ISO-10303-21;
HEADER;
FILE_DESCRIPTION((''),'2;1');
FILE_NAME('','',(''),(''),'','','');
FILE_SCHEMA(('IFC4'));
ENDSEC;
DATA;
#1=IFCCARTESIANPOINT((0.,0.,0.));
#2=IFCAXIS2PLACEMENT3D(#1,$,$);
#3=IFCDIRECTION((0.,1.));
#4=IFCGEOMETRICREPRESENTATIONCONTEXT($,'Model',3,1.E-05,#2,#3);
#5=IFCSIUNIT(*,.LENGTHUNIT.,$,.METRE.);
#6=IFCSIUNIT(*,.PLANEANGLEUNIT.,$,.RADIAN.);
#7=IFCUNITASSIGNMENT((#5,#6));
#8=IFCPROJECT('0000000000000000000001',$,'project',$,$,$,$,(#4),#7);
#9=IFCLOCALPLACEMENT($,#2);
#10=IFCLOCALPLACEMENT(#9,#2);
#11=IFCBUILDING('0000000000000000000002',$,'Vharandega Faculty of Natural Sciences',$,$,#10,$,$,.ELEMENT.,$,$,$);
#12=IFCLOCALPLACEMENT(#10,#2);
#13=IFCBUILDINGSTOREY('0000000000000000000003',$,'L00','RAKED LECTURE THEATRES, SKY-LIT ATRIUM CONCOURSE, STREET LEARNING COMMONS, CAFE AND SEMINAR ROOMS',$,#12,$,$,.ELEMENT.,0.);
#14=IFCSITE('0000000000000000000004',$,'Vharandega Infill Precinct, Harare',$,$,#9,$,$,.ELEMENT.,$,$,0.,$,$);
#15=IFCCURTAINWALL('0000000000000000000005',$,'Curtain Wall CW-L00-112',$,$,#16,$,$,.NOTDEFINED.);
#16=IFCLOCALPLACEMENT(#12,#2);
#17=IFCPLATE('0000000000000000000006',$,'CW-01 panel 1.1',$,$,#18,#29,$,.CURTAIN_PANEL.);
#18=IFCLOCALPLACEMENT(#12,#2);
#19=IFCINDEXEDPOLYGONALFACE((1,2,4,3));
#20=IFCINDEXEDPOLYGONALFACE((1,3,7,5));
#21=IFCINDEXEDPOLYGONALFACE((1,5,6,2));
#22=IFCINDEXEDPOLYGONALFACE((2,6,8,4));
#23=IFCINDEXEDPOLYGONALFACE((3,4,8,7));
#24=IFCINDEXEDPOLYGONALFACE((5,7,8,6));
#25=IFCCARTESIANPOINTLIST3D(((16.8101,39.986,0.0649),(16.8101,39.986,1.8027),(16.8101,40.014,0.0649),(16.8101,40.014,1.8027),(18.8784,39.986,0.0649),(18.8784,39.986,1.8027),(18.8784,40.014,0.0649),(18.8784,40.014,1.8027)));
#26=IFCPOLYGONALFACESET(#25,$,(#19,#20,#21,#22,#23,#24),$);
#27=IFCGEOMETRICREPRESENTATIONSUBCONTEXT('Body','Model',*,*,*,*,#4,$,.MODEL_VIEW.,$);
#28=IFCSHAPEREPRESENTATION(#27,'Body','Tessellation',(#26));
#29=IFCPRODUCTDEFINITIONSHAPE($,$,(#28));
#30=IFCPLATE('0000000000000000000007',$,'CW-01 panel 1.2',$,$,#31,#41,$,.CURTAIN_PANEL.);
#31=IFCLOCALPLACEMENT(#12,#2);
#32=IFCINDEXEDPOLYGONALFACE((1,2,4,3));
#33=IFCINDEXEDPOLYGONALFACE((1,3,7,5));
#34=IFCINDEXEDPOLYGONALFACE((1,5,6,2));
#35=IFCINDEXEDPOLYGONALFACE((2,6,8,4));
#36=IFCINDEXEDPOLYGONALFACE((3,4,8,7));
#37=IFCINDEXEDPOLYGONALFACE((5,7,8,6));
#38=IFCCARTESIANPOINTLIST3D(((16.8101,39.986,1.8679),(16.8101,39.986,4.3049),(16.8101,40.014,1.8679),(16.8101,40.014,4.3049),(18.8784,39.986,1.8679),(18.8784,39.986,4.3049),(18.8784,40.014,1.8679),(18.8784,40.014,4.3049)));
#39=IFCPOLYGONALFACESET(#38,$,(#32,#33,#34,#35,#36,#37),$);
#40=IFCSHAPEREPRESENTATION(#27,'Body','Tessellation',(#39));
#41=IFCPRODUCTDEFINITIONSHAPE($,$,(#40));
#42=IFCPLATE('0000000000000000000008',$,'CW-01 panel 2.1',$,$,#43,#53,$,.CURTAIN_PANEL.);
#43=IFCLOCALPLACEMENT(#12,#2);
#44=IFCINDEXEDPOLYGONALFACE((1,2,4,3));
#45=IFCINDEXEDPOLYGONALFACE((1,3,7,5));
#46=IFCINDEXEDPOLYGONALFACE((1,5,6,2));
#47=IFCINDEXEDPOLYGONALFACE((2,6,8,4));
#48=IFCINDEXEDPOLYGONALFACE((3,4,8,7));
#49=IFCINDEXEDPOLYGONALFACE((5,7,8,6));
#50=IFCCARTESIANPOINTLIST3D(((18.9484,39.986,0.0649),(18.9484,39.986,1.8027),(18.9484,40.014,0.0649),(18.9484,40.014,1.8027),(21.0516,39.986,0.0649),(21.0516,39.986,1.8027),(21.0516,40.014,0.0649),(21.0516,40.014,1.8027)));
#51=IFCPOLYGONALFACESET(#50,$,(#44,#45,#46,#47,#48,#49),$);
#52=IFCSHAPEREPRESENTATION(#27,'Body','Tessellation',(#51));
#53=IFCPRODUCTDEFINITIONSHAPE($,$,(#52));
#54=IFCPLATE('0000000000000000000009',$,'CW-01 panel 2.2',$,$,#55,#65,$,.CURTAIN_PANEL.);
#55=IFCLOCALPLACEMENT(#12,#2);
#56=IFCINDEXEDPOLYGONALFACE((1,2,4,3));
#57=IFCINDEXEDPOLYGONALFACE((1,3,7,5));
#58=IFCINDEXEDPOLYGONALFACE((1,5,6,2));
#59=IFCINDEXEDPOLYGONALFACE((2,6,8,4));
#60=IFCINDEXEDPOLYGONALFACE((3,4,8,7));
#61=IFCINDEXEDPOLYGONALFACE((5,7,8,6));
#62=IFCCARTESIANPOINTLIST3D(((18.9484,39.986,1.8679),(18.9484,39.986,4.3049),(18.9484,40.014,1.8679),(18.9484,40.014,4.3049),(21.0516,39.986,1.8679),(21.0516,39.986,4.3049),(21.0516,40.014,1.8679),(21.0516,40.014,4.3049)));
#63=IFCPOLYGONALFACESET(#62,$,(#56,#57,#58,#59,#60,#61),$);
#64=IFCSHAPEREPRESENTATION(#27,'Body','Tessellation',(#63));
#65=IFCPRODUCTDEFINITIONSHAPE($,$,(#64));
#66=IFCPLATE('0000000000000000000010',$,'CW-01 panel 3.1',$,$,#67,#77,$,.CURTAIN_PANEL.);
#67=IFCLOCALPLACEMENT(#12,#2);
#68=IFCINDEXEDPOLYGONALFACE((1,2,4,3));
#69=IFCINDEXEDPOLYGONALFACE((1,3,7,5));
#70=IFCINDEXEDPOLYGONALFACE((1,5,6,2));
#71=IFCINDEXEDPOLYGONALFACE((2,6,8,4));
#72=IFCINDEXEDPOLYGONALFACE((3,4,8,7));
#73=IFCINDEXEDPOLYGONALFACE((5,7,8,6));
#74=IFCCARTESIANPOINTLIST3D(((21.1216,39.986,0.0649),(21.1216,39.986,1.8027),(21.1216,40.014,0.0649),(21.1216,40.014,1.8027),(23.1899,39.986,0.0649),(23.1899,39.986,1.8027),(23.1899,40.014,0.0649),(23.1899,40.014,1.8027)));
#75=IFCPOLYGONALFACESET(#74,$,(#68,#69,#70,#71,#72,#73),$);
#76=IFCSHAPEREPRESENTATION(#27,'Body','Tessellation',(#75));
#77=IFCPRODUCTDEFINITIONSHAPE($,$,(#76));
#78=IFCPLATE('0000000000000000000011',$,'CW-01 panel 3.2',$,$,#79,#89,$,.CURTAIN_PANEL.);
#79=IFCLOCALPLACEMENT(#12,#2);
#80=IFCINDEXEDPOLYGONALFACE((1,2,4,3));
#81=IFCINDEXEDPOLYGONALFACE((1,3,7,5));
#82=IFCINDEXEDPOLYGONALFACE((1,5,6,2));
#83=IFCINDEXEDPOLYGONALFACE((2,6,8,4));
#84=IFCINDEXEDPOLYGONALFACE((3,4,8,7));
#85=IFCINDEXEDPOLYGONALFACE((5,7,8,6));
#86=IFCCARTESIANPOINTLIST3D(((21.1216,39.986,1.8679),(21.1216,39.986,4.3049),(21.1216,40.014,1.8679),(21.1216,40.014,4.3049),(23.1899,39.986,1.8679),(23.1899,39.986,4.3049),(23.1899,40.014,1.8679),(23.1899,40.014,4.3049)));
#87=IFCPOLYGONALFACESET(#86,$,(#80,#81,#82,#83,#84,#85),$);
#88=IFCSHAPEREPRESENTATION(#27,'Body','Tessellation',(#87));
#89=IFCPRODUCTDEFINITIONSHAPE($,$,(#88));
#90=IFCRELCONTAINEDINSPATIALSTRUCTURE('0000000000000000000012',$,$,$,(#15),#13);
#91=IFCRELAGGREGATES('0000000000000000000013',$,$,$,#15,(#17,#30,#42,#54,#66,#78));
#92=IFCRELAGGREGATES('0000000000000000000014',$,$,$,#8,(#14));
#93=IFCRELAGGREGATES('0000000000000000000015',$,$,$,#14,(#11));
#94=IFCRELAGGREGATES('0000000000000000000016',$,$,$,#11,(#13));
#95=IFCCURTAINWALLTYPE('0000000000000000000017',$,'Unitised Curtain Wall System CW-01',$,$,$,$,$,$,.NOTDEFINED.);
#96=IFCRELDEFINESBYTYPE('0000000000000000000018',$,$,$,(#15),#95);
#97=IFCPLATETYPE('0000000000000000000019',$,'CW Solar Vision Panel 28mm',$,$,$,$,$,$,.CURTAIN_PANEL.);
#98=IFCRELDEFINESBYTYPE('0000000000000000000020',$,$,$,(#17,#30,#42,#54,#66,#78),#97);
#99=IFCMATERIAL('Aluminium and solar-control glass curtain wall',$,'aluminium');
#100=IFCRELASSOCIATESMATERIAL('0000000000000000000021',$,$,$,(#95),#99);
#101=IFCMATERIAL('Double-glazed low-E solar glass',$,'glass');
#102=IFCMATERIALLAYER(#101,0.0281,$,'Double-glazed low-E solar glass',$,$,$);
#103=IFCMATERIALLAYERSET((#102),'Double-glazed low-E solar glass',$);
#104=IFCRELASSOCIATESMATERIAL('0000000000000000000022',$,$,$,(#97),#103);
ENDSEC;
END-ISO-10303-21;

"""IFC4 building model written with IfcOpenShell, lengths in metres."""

from ifc_helpers import new_model, si_unit, direction, frame, origin, origin_2d, place, context, subcontext, project, spatial, rectangle, extrude, material, layer, layer_set, type_object, element, aggregate, save


model = new_model("IFC4")

# Units and contexts
model_context = context("Model", 3, precision=1e-05, world=origin(), true_north=direction((0.0, 1.0)))
body_context = subcontext(model_context, "Body", "Model", "MODEL_VIEW")
ifc_project = project(units=[si_unit("LENGTHUNIT", "METRE"), si_unit("PLANEANGLEUNIT", "RADIAN")], contexts=[model_context])

# Site, building, storey
site_placement = place(None, origin())
site = spatial("IfcSite", under=ifc_project, at=site_placement, Name="Vharandega Infill Precinct, Harare", CompositionType="ELEMENT", RefElevation=0.0)
building_placement = place(site_placement, origin())
building = spatial("IfcBuilding", under=site, at=building_placement, Name="Vharandega Faculty of Natural Sciences", CompositionType="ELEMENT")
storey_placement = place(building_placement, origin())
storey = spatial("IfcBuildingStorey", under=building, at=storey_placement, Name="L00", Description="RAKED LECTURE THEATRES, SKY-LIT ATRIUM CONCOURSE, STREET LEARNING COMMONS, CAFE AND SEMINAR ROOMS", CompositionType="ELEMENT", Elevation=0.0)

# Curtain wall
ifc_material_1 = material(Name="Aluminium and solar-control glass curtain wall", Category="aluminium")
curtain_wall_type_1 = type_object("IfcCurtainWallType", Name="Unitised Curtain Wall System CW-01", PredefinedType="NOTDEFINED", material=ifc_material_1)
curtain_wall_1_placement = place(storey_placement, origin())
curtain_wall_1 = element("IfcCurtainWall", 1, at=curtain_wall_1_placement, inside=storey, type_object=curtain_wall_type_1, Name="Curtain Wall CW-L00-112", PredefinedType="NOTDEFINED")

# Plates
ifc_material_2 = material(Name="Double-glazed low-E solar glass", Category="glass")
ifc_layer = layer(ifc_material_2, 0.0281, Name="Double-glazed low-E solar glass")
ifc_layer_set = layer_set([ifc_layer], Name="Double-glazed low-E solar glass")
plate_type = type_object("IfcPlateType", Name="CW Solar Vision Panel 28mm", PredefinedType="CURTAIN_PANEL", material=ifc_layer_set)
plate_1_placement = place(storey_placement, frame((17.8442, 40.0, 0.0649), z_axis=(0.0, 0.0, 1.0), x_axis=(1.0, 0.0, 0.0)))
plate_1 = element("IfcPlate", 2, at=plate_1_placement, type_object=plate_type, Name="CW-01 panel 1.1", PredefinedType="CURTAIN_PANEL", context=body_context, shape_type="SweptSolid", body=[
    extrude(rectangle(XDim=2.0684, YDim=0.0281, at=origin_2d()), origin(), (0.0, 0.0, 1.0), 1.7378),
])
plate_2_placement = place(storey_placement, frame((17.8442, 40.0, 1.8679), z_axis=(0.0, 0.0, 1.0), x_axis=(1.0, 0.0, 0.0)))
plate_2 = element("IfcPlate", 3, at=plate_2_placement, type_object=plate_type, Name="CW-01 panel 1.2", PredefinedType="CURTAIN_PANEL", context=body_context, shape_type="SweptSolid", body=[
    extrude(rectangle(XDim=2.0684, YDim=0.0281, at=origin_2d()), origin(), (0.0, 0.0, 1.0), 2.437),
])
plate_3_placement = place(storey_placement, frame((20.0, 40.0, 0.0649), z_axis=(0.0, 0.0, 1.0), x_axis=(1.0, 0.0, 0.0)))
plate_3 = element("IfcPlate", 4, at=plate_3_placement, type_object=plate_type, Name="CW-01 panel 2.1", PredefinedType="CURTAIN_PANEL", context=body_context, shape_type="SweptSolid", body=[
    extrude(rectangle(XDim=2.1033, YDim=0.0281, at=origin_2d()), origin(), (0.0, 0.0, 1.0), 1.7378),
])
plate_4_placement = place(storey_placement, frame((20.0, 40.0, 1.8679), z_axis=(0.0, 0.0, 1.0), x_axis=(1.0, 0.0, 0.0)))
plate_4 = element("IfcPlate", 5, at=plate_4_placement, type_object=plate_type, Name="CW-01 panel 2.2", PredefinedType="CURTAIN_PANEL", context=body_context, shape_type="SweptSolid", body=[
    extrude(rectangle(XDim=2.1033, YDim=0.0281, at=origin_2d()), origin(), (0.0, 0.0, 1.0), 2.437),
])
plate_5_placement = place(storey_placement, frame((22.1558, 40.0, 0.0649), z_axis=(0.0, 0.0, 1.0), x_axis=(1.0, 0.0, 0.0)))
plate_5 = element("IfcPlate", 6, at=plate_5_placement, type_object=plate_type, Name="CW-01 panel 3.1", PredefinedType="CURTAIN_PANEL", context=body_context, shape_type="SweptSolid", body=[
    extrude(rectangle(XDim=2.0684, YDim=0.0281, at=origin_2d()), origin(), (0.0, 0.0, 1.0), 1.7378),
])
plate_6_placement = place(storey_placement, frame((22.1558, 40.0, 1.8679), z_axis=(0.0, 0.0, 1.0), x_axis=(1.0, 0.0, 0.0)))
plate_6 = element("IfcPlate", 7, at=plate_6_placement, type_object=plate_type, Name="CW-01 panel 3.2", PredefinedType="CURTAIN_PANEL", context=body_context, shape_type="SweptSolid", body=[
    extrude(rectangle(XDim=2.0684, YDim=0.0281, at=origin_2d()), origin(), (0.0, 0.0, 1.0), 2.437),
])
aggregate(curtain_wall_1, [plate_1, plate_2, plate_3, plate_4, plate_5, plate_6])

save(model, "model.ifc")
